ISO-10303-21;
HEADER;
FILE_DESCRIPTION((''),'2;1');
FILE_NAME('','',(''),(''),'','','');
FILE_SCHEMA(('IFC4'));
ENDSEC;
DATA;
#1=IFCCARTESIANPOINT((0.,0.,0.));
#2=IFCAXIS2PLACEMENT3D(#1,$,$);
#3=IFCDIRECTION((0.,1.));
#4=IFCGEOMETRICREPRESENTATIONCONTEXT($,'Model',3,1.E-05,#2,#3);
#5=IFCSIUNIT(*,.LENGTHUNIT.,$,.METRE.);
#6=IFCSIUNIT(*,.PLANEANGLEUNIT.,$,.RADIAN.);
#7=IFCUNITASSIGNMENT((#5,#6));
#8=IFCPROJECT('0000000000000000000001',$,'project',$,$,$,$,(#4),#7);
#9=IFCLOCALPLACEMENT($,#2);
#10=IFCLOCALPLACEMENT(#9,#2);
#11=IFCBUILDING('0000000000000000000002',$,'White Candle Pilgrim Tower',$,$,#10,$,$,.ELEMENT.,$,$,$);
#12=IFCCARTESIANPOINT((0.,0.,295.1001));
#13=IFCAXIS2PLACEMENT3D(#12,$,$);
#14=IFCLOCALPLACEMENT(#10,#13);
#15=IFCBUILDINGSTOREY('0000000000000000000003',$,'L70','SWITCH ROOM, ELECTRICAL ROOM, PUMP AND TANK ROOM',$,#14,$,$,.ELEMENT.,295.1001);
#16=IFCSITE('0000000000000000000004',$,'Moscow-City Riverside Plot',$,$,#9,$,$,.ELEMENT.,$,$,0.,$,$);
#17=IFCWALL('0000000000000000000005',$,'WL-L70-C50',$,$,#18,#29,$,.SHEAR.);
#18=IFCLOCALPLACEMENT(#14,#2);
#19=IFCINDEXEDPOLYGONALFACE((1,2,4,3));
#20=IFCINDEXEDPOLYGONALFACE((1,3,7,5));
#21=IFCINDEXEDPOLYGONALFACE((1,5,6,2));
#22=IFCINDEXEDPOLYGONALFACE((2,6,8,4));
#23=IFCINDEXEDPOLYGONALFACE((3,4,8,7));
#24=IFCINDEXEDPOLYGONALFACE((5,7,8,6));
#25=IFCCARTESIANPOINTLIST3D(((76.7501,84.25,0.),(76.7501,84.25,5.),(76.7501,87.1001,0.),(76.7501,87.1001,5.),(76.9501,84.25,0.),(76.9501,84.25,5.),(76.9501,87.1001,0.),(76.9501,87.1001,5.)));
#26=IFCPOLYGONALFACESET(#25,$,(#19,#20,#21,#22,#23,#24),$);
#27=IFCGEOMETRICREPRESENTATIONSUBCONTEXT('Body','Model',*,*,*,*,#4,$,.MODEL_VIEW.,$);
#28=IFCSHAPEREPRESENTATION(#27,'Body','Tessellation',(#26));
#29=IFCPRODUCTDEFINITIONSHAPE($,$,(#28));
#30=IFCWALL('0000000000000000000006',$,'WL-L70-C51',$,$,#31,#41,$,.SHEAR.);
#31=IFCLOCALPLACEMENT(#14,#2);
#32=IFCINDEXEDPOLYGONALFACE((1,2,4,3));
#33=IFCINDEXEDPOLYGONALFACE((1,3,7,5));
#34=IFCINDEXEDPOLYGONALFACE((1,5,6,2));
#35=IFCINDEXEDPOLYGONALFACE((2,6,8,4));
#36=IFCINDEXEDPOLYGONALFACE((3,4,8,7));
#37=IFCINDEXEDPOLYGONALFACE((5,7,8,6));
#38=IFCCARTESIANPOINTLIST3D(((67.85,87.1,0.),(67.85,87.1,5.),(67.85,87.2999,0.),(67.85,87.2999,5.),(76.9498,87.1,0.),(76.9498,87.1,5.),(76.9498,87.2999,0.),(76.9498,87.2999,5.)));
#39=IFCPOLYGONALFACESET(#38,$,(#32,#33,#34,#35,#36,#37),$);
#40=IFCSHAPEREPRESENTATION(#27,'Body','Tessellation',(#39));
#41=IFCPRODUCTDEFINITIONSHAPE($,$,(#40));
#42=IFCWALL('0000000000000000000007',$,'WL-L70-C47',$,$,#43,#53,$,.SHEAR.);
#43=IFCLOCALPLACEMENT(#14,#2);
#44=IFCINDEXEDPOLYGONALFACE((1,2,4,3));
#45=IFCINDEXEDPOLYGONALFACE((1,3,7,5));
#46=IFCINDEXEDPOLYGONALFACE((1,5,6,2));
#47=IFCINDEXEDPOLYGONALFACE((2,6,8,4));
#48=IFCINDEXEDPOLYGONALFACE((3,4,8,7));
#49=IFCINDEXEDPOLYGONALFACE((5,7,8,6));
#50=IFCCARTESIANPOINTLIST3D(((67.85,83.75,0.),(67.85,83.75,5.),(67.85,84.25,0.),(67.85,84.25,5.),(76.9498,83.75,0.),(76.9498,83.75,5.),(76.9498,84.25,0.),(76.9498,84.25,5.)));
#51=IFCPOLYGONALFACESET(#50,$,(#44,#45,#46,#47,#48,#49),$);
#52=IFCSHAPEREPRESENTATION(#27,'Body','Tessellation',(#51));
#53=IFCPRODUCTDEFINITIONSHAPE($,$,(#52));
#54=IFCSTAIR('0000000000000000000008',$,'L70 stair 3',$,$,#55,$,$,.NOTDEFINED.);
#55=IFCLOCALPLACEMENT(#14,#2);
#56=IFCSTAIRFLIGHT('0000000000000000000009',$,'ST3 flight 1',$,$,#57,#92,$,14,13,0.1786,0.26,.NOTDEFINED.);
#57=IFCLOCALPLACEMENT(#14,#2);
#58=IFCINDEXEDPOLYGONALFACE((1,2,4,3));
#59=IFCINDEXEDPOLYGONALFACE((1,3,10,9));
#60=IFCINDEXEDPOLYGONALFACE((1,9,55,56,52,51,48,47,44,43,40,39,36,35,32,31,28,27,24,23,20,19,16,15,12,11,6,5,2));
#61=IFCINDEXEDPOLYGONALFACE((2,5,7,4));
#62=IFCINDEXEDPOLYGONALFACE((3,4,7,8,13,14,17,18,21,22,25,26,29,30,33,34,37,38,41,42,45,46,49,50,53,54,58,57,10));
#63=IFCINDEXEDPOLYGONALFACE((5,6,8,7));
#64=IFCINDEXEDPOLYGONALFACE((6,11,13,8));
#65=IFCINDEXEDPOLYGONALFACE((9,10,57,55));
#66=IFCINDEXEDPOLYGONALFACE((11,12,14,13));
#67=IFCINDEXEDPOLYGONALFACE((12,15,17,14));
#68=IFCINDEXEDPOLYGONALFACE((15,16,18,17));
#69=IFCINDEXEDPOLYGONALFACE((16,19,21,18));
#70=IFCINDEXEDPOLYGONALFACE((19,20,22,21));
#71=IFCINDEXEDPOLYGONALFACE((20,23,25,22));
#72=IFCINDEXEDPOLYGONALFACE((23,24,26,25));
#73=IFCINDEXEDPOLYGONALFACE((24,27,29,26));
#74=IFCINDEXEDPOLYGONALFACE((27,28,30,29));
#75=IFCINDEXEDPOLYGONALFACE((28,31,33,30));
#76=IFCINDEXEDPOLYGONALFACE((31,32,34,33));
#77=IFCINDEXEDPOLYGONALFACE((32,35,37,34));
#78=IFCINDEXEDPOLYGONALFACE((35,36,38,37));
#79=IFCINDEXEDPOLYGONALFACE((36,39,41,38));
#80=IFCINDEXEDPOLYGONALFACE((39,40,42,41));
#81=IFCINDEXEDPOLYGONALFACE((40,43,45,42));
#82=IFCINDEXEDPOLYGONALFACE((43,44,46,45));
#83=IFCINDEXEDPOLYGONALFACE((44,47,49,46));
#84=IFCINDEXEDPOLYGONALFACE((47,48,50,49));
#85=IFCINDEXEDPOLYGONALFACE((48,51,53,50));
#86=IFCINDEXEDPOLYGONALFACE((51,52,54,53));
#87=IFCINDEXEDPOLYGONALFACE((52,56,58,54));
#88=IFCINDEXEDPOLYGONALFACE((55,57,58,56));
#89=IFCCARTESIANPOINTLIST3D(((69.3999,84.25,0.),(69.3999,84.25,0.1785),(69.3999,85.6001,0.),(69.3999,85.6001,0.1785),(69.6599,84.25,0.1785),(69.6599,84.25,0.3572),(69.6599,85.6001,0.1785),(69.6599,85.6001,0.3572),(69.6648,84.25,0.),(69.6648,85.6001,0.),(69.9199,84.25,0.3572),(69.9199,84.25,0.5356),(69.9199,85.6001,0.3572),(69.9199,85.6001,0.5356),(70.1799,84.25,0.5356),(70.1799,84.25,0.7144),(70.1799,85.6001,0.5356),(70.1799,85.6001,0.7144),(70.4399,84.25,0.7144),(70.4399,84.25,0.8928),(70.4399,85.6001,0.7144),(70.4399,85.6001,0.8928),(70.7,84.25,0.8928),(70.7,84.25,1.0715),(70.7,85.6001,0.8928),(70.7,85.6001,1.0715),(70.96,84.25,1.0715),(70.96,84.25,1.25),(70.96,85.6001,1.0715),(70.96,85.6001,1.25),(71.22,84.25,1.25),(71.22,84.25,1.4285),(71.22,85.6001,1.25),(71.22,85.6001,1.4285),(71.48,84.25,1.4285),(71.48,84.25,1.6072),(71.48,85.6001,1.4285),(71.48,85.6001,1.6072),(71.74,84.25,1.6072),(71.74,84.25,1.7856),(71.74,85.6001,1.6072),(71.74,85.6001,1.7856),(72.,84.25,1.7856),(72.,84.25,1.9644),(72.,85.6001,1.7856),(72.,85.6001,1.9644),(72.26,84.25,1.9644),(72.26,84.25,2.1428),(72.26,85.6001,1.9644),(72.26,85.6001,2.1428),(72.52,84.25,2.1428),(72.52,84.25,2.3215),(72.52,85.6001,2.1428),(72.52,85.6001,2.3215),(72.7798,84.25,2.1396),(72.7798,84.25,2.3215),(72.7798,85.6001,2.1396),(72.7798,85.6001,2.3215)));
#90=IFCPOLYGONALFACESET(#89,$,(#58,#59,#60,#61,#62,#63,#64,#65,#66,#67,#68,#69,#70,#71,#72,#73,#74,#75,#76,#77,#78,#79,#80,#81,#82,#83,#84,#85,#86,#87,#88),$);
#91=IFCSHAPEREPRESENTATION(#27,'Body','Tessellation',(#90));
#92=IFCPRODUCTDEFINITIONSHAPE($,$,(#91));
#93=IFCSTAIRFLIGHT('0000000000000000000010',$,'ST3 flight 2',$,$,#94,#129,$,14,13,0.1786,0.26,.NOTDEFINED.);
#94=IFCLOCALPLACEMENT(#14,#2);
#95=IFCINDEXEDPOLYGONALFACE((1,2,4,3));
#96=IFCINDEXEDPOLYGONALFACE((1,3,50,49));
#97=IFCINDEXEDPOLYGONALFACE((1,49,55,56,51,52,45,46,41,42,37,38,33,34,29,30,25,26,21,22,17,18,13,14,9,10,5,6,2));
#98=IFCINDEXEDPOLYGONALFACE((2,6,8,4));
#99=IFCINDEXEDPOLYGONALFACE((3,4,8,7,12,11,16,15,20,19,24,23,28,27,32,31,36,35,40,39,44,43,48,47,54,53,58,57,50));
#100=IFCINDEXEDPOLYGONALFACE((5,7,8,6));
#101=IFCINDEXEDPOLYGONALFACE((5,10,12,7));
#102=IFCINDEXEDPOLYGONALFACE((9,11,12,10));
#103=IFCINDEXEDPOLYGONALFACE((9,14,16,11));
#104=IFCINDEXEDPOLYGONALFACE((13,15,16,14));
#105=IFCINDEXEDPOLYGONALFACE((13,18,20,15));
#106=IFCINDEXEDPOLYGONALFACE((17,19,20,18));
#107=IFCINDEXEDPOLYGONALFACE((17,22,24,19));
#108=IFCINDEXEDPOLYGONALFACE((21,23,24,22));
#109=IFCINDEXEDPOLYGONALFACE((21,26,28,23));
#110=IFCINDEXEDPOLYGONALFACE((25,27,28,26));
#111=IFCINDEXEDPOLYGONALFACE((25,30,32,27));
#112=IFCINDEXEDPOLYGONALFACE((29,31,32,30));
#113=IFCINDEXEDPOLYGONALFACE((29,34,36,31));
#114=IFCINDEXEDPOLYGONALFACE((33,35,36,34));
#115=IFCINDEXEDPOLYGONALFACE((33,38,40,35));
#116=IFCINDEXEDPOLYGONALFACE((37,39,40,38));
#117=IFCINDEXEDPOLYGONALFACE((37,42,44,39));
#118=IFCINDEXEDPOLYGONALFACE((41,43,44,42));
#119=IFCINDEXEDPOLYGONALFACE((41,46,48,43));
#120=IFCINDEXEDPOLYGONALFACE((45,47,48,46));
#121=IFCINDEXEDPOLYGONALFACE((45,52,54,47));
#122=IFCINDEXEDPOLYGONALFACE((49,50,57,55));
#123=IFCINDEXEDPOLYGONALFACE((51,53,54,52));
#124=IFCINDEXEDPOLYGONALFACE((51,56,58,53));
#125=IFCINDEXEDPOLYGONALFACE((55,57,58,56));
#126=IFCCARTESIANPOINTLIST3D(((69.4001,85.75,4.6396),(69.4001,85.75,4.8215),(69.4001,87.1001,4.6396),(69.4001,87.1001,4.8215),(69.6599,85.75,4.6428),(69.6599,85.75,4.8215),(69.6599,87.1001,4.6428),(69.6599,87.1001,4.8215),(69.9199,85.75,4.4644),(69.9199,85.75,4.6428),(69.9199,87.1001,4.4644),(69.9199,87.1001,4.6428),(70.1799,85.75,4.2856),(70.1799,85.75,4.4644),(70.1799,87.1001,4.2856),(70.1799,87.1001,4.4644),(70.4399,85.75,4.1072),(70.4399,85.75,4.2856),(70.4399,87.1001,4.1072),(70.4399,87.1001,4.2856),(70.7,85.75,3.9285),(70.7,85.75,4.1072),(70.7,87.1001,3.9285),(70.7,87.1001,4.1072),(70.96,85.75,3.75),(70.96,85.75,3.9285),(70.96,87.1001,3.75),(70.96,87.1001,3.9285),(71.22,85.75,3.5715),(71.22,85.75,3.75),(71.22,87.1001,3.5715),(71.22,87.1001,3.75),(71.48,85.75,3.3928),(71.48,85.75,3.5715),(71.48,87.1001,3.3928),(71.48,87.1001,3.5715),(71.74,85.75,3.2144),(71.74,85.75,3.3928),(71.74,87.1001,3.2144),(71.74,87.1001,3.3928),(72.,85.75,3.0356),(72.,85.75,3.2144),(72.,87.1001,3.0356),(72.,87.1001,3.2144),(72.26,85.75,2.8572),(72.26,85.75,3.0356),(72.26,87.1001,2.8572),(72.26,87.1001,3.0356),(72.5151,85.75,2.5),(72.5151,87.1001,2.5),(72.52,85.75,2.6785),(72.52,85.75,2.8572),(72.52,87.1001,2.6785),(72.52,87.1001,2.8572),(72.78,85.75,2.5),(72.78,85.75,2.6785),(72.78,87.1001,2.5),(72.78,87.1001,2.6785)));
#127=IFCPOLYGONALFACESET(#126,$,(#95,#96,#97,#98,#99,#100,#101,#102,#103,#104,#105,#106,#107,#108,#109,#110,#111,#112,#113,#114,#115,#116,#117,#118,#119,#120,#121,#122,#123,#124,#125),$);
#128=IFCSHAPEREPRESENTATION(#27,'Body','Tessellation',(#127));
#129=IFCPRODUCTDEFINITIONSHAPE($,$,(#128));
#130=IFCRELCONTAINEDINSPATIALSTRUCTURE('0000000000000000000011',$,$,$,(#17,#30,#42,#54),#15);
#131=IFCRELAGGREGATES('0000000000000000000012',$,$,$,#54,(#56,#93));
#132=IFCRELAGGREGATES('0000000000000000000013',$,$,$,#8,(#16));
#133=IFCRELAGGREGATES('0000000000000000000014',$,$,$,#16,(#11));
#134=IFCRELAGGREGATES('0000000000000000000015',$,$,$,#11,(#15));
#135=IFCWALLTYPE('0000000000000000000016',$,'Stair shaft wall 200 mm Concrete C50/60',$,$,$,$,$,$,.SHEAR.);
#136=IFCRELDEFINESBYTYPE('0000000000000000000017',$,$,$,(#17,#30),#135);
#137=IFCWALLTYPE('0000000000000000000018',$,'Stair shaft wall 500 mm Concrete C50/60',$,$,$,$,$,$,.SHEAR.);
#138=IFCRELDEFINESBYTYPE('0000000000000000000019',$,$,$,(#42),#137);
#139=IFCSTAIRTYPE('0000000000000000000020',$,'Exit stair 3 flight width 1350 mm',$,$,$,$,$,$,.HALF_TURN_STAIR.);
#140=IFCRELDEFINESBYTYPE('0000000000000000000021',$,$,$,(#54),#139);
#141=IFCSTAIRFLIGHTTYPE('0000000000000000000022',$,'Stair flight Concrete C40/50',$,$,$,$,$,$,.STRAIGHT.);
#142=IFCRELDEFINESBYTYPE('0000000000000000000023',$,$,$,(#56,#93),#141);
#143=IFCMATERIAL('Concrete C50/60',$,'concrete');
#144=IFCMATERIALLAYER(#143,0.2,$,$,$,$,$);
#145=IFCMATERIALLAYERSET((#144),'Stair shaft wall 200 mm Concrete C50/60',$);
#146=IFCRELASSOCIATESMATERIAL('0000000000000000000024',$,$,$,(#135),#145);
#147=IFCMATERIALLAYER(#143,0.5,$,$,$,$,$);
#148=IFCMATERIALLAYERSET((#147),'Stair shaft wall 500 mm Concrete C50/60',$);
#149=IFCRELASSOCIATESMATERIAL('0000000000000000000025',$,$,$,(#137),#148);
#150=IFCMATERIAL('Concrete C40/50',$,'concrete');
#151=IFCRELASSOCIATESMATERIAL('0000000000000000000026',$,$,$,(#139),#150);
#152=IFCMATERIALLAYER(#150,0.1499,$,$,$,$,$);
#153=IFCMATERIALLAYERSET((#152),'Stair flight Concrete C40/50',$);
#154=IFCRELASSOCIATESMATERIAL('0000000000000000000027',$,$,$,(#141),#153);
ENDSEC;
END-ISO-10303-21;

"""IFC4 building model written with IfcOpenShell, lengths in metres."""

from ifc_helpers import new_model, si_unit, direction, frame, frame_2d, origin, place, context, subcontext, project, spatial, polyline, rectangle, outline, extrude, material, layer, layer_set, type_object, element, aggregate, save


model = new_model("IFC4")

# Units and contexts
model_context = context("Model", 3, precision=1e-05, world=origin(), true_north=direction((0.0, 1.0)))
body_context = subcontext(model_context, "Body", "Model", "MODEL_VIEW")
ifc_project = project(units=[si_unit("LENGTHUNIT", "METRE"), si_unit("PLANEANGLEUNIT", "RADIAN")], contexts=[model_context])

# Site, building, storey
site_placement = place(None, origin())
site = spatial("IfcSite", under=ifc_project, at=site_placement, Name="Moscow-City Riverside Plot", CompositionType="ELEMENT", RefElevation=0.0)
building_placement = place(site_placement, origin())
building = spatial("IfcBuilding", under=site, at=building_placement, Name="White Candle Pilgrim Tower", CompositionType="ELEMENT")
storey_placement = place(building_placement, frame((0.0, 0.0, 295.1001)))
storey = spatial("IfcBuildingStorey", under=building, at=storey_placement, Name="L70", Description="SWITCH ROOM, ELECTRICAL ROOM, PUMP AND TANK ROOM", CompositionType="ELEMENT", Elevation=295.1001)

# Shared definitions
ifc_material_1 = material(Name="Concrete C50/60", Category="concrete")

# Shared definitions
ifc_layer_1 = layer(ifc_material_1, 0.2)
ifc_layer_set_1 = layer_set([ifc_layer_1], Name="Stair shaft wall 200 mm Concrete C50/60")
wall_type_1 = type_object("IfcWallType", Name="Stair shaft wall 200 mm Concrete C50/60", PredefinedType="SHEAR", material=ifc_layer_set_1)

# Walls
wall_1_placement = place(storey_placement, frame((76.8501, 84.25, 0.0), z_axis=(0.0, 0.0, 1.0), x_axis=(0.0, 1.0, 0.0)))
element("IfcWall", 1, at=wall_1_placement, inside=storey, type_object=wall_type_1, Name="WL-L70-C50", PredefinedType="SHEAR", context=body_context, shape_type="SweptSolid", body=[
    extrude(rectangle(XDim=2.8501, YDim=0.2, at=frame_2d((1.425, 0.0))), origin(), (0.0, 0.0, 1.0), 5.0),
])
wall_2_placement = place(storey_placement, frame((67.8501, 87.2, 0.0), z_axis=(0.0, 0.0, 1.0), x_axis=(1.0, 0.0, 0.0)))
element("IfcWall", 2, at=wall_2_placement, inside=storey, type_object=wall_type_1, Name="WL-L70-C51", PredefinedType="SHEAR", context=body_context, shape_type="SweptSolid", body=[
    extrude(rectangle(XDim=9.0999, YDim=0.2, at=frame_2d((4.5498, 0.0))), origin(), (0.0, 0.0, 1.0), 5.0),
])
ifc_layer_2 = layer(ifc_material_1, 0.5)
ifc_layer_set_2 = layer_set([ifc_layer_2], Name="Stair shaft wall 500 mm Concrete C50/60")
wall_type_2 = type_object("IfcWallType", Name="Stair shaft wall 500 mm Concrete C50/60", PredefinedType="SHEAR", material=ifc_layer_set_2)
wall_3_placement = place(storey_placement, frame((67.8501, 84.0, 0.0), z_axis=(0.0, 0.0, 1.0), x_axis=(1.0, 0.0, 0.0)))
element("IfcWall", 3, at=wall_3_placement, inside=storey, type_object=wall_type_2, Name="WL-L70-C47", PredefinedType="SHEAR", context=body_context, shape_type="SweptSolid", body=[
    extrude(rectangle(XDim=9.0999, YDim=0.5, at=frame_2d((4.5498, 0.0))), origin(), (0.0, 0.0, 1.0), 5.0),
])

# Stair, stair flights
ifc_material_2 = material(Name="Concrete C40/50", Category="concrete")
stair_type = type_object("IfcStairType", Name="Exit stair 3 flight width 1350 mm", PredefinedType="HALF_TURN_STAIR", material=ifc_material_2)
stair_placement = place(storey_placement, origin())
stair = element("IfcStair", 4, at=stair_placement, inside=storey, type_object=stair_type, Name="L70 stair 3", PredefinedType="NOTDEFINED")
ifc_layer_3 = layer(ifc_material_2, 0.1499)
ifc_layer_set_3 = layer_set([ifc_layer_3], Name="Stair flight Concrete C40/50")
stair_flight_type = type_object("IfcStairFlightType", Name="Stair flight Concrete C40/50", PredefinedType="STRAIGHT", material=ifc_layer_set_3)
stair_flight_1_placement = place(storey_placement, frame((69.3999, 84.925, 0.0), z_axis=(0.0, 0.0, 1.0), x_axis=(1.0, 0.0, 0.0)))
stair_flight_1 = element("IfcStairFlight", 5, at=stair_flight_1_placement, type_object=stair_flight_type, Name="ST3 flight 1", NumberOfRisers=14, NumberOfTreads=13, PredefinedType="NOTDEFINED", RiserHeight=0.1786, TreadLength=0.26, context=body_context, shape_type="SweptSolid", body=[
    extrude(outline(polyline([(0.0, 0.0), (0.0, 0.1785), (0.26, 0.1785), (0.26, 0.3572), (0.52, 0.3572), (0.52, 0.5356), (0.78, 0.5356), (0.78, 0.7144), (1.04, 0.7144), (1.04, 0.8928), (1.3, 0.8928), (1.3, 1.0715), (1.5601, 1.0715), (1.5601, 1.25), (1.8201, 1.25), (1.8201, 1.4285), (2.0801, 1.4285), (2.0801, 1.6072), (2.3401, 1.6072), (2.3401, 1.7856), (2.6001, 1.7856), (2.6001, 1.9644), (2.8601, 1.9644), (2.8601, 2.1428), (3.1201, 2.1428), (3.1201, 2.3215), (3.3799, 2.3215), (3.3799, 2.5), (3.3799, 2.1396), (0.2649, 0.0), (0.0, 0.0)])), frame((0.0, 0.675, 0.0), z_axis=(0.0, -1.0, 0.0), x_axis=(1.0, 0.0, 0.0)), (0.0, 0.0, 1.0), 1.3501),
])
stair_flight_2_placement = place(storey_placement, frame((72.78, 86.425, 2.5), z_axis=(0.0, 0.0, 1.0), x_axis=(-1.0, 0.0, 0.0)))
stair_flight_2 = element("IfcStairFlight", 6, at=stair_flight_2_placement, type_object=stair_flight_type, Name="ST3 flight 2", NumberOfRisers=14, NumberOfTreads=13, PredefinedType="NOTDEFINED", RiserHeight=0.1786, TreadLength=0.26, context=body_context, shape_type="SweptSolid", body=[
    extrude(outline(polyline([(0.0, 0.0), (0.0, 0.1785), (0.26, 0.1785), (0.26, 0.3572), (0.52, 0.3572), (0.52, 0.5356), (0.78, 0.5356), (0.78, 0.7144), (1.04, 0.7144), (1.04, 0.8928), (1.3, 0.8928), (1.3, 1.0715), (1.5601, 1.0715), (1.5601, 1.25), (1.8201, 1.25), (1.8201, 1.4285), (2.0801, 1.4285), (2.0801, 1.6072), (2.3401, 1.6072), (2.3401, 1.7856), (2.6001, 1.7856), (2.6001, 1.9644), (2.8601, 1.9644), (2.8601, 2.1428), (3.1201, 2.1428), (3.1201, 2.3215), (3.3799, 2.3215), (3.3799, 2.5), (3.3799, 2.1396), (0.2649, 0.0), (0.0, 0.0)])), frame((0.0, 0.675, 0.0), z_axis=(0.0, -1.0, 0.0), x_axis=(1.0, 0.0, 0.0)), (0.0, 0.0, 1.0), 1.3501),
])
aggregate(stair, [stair_flight_1, stair_flight_2])

save(model, "model.ifc")
